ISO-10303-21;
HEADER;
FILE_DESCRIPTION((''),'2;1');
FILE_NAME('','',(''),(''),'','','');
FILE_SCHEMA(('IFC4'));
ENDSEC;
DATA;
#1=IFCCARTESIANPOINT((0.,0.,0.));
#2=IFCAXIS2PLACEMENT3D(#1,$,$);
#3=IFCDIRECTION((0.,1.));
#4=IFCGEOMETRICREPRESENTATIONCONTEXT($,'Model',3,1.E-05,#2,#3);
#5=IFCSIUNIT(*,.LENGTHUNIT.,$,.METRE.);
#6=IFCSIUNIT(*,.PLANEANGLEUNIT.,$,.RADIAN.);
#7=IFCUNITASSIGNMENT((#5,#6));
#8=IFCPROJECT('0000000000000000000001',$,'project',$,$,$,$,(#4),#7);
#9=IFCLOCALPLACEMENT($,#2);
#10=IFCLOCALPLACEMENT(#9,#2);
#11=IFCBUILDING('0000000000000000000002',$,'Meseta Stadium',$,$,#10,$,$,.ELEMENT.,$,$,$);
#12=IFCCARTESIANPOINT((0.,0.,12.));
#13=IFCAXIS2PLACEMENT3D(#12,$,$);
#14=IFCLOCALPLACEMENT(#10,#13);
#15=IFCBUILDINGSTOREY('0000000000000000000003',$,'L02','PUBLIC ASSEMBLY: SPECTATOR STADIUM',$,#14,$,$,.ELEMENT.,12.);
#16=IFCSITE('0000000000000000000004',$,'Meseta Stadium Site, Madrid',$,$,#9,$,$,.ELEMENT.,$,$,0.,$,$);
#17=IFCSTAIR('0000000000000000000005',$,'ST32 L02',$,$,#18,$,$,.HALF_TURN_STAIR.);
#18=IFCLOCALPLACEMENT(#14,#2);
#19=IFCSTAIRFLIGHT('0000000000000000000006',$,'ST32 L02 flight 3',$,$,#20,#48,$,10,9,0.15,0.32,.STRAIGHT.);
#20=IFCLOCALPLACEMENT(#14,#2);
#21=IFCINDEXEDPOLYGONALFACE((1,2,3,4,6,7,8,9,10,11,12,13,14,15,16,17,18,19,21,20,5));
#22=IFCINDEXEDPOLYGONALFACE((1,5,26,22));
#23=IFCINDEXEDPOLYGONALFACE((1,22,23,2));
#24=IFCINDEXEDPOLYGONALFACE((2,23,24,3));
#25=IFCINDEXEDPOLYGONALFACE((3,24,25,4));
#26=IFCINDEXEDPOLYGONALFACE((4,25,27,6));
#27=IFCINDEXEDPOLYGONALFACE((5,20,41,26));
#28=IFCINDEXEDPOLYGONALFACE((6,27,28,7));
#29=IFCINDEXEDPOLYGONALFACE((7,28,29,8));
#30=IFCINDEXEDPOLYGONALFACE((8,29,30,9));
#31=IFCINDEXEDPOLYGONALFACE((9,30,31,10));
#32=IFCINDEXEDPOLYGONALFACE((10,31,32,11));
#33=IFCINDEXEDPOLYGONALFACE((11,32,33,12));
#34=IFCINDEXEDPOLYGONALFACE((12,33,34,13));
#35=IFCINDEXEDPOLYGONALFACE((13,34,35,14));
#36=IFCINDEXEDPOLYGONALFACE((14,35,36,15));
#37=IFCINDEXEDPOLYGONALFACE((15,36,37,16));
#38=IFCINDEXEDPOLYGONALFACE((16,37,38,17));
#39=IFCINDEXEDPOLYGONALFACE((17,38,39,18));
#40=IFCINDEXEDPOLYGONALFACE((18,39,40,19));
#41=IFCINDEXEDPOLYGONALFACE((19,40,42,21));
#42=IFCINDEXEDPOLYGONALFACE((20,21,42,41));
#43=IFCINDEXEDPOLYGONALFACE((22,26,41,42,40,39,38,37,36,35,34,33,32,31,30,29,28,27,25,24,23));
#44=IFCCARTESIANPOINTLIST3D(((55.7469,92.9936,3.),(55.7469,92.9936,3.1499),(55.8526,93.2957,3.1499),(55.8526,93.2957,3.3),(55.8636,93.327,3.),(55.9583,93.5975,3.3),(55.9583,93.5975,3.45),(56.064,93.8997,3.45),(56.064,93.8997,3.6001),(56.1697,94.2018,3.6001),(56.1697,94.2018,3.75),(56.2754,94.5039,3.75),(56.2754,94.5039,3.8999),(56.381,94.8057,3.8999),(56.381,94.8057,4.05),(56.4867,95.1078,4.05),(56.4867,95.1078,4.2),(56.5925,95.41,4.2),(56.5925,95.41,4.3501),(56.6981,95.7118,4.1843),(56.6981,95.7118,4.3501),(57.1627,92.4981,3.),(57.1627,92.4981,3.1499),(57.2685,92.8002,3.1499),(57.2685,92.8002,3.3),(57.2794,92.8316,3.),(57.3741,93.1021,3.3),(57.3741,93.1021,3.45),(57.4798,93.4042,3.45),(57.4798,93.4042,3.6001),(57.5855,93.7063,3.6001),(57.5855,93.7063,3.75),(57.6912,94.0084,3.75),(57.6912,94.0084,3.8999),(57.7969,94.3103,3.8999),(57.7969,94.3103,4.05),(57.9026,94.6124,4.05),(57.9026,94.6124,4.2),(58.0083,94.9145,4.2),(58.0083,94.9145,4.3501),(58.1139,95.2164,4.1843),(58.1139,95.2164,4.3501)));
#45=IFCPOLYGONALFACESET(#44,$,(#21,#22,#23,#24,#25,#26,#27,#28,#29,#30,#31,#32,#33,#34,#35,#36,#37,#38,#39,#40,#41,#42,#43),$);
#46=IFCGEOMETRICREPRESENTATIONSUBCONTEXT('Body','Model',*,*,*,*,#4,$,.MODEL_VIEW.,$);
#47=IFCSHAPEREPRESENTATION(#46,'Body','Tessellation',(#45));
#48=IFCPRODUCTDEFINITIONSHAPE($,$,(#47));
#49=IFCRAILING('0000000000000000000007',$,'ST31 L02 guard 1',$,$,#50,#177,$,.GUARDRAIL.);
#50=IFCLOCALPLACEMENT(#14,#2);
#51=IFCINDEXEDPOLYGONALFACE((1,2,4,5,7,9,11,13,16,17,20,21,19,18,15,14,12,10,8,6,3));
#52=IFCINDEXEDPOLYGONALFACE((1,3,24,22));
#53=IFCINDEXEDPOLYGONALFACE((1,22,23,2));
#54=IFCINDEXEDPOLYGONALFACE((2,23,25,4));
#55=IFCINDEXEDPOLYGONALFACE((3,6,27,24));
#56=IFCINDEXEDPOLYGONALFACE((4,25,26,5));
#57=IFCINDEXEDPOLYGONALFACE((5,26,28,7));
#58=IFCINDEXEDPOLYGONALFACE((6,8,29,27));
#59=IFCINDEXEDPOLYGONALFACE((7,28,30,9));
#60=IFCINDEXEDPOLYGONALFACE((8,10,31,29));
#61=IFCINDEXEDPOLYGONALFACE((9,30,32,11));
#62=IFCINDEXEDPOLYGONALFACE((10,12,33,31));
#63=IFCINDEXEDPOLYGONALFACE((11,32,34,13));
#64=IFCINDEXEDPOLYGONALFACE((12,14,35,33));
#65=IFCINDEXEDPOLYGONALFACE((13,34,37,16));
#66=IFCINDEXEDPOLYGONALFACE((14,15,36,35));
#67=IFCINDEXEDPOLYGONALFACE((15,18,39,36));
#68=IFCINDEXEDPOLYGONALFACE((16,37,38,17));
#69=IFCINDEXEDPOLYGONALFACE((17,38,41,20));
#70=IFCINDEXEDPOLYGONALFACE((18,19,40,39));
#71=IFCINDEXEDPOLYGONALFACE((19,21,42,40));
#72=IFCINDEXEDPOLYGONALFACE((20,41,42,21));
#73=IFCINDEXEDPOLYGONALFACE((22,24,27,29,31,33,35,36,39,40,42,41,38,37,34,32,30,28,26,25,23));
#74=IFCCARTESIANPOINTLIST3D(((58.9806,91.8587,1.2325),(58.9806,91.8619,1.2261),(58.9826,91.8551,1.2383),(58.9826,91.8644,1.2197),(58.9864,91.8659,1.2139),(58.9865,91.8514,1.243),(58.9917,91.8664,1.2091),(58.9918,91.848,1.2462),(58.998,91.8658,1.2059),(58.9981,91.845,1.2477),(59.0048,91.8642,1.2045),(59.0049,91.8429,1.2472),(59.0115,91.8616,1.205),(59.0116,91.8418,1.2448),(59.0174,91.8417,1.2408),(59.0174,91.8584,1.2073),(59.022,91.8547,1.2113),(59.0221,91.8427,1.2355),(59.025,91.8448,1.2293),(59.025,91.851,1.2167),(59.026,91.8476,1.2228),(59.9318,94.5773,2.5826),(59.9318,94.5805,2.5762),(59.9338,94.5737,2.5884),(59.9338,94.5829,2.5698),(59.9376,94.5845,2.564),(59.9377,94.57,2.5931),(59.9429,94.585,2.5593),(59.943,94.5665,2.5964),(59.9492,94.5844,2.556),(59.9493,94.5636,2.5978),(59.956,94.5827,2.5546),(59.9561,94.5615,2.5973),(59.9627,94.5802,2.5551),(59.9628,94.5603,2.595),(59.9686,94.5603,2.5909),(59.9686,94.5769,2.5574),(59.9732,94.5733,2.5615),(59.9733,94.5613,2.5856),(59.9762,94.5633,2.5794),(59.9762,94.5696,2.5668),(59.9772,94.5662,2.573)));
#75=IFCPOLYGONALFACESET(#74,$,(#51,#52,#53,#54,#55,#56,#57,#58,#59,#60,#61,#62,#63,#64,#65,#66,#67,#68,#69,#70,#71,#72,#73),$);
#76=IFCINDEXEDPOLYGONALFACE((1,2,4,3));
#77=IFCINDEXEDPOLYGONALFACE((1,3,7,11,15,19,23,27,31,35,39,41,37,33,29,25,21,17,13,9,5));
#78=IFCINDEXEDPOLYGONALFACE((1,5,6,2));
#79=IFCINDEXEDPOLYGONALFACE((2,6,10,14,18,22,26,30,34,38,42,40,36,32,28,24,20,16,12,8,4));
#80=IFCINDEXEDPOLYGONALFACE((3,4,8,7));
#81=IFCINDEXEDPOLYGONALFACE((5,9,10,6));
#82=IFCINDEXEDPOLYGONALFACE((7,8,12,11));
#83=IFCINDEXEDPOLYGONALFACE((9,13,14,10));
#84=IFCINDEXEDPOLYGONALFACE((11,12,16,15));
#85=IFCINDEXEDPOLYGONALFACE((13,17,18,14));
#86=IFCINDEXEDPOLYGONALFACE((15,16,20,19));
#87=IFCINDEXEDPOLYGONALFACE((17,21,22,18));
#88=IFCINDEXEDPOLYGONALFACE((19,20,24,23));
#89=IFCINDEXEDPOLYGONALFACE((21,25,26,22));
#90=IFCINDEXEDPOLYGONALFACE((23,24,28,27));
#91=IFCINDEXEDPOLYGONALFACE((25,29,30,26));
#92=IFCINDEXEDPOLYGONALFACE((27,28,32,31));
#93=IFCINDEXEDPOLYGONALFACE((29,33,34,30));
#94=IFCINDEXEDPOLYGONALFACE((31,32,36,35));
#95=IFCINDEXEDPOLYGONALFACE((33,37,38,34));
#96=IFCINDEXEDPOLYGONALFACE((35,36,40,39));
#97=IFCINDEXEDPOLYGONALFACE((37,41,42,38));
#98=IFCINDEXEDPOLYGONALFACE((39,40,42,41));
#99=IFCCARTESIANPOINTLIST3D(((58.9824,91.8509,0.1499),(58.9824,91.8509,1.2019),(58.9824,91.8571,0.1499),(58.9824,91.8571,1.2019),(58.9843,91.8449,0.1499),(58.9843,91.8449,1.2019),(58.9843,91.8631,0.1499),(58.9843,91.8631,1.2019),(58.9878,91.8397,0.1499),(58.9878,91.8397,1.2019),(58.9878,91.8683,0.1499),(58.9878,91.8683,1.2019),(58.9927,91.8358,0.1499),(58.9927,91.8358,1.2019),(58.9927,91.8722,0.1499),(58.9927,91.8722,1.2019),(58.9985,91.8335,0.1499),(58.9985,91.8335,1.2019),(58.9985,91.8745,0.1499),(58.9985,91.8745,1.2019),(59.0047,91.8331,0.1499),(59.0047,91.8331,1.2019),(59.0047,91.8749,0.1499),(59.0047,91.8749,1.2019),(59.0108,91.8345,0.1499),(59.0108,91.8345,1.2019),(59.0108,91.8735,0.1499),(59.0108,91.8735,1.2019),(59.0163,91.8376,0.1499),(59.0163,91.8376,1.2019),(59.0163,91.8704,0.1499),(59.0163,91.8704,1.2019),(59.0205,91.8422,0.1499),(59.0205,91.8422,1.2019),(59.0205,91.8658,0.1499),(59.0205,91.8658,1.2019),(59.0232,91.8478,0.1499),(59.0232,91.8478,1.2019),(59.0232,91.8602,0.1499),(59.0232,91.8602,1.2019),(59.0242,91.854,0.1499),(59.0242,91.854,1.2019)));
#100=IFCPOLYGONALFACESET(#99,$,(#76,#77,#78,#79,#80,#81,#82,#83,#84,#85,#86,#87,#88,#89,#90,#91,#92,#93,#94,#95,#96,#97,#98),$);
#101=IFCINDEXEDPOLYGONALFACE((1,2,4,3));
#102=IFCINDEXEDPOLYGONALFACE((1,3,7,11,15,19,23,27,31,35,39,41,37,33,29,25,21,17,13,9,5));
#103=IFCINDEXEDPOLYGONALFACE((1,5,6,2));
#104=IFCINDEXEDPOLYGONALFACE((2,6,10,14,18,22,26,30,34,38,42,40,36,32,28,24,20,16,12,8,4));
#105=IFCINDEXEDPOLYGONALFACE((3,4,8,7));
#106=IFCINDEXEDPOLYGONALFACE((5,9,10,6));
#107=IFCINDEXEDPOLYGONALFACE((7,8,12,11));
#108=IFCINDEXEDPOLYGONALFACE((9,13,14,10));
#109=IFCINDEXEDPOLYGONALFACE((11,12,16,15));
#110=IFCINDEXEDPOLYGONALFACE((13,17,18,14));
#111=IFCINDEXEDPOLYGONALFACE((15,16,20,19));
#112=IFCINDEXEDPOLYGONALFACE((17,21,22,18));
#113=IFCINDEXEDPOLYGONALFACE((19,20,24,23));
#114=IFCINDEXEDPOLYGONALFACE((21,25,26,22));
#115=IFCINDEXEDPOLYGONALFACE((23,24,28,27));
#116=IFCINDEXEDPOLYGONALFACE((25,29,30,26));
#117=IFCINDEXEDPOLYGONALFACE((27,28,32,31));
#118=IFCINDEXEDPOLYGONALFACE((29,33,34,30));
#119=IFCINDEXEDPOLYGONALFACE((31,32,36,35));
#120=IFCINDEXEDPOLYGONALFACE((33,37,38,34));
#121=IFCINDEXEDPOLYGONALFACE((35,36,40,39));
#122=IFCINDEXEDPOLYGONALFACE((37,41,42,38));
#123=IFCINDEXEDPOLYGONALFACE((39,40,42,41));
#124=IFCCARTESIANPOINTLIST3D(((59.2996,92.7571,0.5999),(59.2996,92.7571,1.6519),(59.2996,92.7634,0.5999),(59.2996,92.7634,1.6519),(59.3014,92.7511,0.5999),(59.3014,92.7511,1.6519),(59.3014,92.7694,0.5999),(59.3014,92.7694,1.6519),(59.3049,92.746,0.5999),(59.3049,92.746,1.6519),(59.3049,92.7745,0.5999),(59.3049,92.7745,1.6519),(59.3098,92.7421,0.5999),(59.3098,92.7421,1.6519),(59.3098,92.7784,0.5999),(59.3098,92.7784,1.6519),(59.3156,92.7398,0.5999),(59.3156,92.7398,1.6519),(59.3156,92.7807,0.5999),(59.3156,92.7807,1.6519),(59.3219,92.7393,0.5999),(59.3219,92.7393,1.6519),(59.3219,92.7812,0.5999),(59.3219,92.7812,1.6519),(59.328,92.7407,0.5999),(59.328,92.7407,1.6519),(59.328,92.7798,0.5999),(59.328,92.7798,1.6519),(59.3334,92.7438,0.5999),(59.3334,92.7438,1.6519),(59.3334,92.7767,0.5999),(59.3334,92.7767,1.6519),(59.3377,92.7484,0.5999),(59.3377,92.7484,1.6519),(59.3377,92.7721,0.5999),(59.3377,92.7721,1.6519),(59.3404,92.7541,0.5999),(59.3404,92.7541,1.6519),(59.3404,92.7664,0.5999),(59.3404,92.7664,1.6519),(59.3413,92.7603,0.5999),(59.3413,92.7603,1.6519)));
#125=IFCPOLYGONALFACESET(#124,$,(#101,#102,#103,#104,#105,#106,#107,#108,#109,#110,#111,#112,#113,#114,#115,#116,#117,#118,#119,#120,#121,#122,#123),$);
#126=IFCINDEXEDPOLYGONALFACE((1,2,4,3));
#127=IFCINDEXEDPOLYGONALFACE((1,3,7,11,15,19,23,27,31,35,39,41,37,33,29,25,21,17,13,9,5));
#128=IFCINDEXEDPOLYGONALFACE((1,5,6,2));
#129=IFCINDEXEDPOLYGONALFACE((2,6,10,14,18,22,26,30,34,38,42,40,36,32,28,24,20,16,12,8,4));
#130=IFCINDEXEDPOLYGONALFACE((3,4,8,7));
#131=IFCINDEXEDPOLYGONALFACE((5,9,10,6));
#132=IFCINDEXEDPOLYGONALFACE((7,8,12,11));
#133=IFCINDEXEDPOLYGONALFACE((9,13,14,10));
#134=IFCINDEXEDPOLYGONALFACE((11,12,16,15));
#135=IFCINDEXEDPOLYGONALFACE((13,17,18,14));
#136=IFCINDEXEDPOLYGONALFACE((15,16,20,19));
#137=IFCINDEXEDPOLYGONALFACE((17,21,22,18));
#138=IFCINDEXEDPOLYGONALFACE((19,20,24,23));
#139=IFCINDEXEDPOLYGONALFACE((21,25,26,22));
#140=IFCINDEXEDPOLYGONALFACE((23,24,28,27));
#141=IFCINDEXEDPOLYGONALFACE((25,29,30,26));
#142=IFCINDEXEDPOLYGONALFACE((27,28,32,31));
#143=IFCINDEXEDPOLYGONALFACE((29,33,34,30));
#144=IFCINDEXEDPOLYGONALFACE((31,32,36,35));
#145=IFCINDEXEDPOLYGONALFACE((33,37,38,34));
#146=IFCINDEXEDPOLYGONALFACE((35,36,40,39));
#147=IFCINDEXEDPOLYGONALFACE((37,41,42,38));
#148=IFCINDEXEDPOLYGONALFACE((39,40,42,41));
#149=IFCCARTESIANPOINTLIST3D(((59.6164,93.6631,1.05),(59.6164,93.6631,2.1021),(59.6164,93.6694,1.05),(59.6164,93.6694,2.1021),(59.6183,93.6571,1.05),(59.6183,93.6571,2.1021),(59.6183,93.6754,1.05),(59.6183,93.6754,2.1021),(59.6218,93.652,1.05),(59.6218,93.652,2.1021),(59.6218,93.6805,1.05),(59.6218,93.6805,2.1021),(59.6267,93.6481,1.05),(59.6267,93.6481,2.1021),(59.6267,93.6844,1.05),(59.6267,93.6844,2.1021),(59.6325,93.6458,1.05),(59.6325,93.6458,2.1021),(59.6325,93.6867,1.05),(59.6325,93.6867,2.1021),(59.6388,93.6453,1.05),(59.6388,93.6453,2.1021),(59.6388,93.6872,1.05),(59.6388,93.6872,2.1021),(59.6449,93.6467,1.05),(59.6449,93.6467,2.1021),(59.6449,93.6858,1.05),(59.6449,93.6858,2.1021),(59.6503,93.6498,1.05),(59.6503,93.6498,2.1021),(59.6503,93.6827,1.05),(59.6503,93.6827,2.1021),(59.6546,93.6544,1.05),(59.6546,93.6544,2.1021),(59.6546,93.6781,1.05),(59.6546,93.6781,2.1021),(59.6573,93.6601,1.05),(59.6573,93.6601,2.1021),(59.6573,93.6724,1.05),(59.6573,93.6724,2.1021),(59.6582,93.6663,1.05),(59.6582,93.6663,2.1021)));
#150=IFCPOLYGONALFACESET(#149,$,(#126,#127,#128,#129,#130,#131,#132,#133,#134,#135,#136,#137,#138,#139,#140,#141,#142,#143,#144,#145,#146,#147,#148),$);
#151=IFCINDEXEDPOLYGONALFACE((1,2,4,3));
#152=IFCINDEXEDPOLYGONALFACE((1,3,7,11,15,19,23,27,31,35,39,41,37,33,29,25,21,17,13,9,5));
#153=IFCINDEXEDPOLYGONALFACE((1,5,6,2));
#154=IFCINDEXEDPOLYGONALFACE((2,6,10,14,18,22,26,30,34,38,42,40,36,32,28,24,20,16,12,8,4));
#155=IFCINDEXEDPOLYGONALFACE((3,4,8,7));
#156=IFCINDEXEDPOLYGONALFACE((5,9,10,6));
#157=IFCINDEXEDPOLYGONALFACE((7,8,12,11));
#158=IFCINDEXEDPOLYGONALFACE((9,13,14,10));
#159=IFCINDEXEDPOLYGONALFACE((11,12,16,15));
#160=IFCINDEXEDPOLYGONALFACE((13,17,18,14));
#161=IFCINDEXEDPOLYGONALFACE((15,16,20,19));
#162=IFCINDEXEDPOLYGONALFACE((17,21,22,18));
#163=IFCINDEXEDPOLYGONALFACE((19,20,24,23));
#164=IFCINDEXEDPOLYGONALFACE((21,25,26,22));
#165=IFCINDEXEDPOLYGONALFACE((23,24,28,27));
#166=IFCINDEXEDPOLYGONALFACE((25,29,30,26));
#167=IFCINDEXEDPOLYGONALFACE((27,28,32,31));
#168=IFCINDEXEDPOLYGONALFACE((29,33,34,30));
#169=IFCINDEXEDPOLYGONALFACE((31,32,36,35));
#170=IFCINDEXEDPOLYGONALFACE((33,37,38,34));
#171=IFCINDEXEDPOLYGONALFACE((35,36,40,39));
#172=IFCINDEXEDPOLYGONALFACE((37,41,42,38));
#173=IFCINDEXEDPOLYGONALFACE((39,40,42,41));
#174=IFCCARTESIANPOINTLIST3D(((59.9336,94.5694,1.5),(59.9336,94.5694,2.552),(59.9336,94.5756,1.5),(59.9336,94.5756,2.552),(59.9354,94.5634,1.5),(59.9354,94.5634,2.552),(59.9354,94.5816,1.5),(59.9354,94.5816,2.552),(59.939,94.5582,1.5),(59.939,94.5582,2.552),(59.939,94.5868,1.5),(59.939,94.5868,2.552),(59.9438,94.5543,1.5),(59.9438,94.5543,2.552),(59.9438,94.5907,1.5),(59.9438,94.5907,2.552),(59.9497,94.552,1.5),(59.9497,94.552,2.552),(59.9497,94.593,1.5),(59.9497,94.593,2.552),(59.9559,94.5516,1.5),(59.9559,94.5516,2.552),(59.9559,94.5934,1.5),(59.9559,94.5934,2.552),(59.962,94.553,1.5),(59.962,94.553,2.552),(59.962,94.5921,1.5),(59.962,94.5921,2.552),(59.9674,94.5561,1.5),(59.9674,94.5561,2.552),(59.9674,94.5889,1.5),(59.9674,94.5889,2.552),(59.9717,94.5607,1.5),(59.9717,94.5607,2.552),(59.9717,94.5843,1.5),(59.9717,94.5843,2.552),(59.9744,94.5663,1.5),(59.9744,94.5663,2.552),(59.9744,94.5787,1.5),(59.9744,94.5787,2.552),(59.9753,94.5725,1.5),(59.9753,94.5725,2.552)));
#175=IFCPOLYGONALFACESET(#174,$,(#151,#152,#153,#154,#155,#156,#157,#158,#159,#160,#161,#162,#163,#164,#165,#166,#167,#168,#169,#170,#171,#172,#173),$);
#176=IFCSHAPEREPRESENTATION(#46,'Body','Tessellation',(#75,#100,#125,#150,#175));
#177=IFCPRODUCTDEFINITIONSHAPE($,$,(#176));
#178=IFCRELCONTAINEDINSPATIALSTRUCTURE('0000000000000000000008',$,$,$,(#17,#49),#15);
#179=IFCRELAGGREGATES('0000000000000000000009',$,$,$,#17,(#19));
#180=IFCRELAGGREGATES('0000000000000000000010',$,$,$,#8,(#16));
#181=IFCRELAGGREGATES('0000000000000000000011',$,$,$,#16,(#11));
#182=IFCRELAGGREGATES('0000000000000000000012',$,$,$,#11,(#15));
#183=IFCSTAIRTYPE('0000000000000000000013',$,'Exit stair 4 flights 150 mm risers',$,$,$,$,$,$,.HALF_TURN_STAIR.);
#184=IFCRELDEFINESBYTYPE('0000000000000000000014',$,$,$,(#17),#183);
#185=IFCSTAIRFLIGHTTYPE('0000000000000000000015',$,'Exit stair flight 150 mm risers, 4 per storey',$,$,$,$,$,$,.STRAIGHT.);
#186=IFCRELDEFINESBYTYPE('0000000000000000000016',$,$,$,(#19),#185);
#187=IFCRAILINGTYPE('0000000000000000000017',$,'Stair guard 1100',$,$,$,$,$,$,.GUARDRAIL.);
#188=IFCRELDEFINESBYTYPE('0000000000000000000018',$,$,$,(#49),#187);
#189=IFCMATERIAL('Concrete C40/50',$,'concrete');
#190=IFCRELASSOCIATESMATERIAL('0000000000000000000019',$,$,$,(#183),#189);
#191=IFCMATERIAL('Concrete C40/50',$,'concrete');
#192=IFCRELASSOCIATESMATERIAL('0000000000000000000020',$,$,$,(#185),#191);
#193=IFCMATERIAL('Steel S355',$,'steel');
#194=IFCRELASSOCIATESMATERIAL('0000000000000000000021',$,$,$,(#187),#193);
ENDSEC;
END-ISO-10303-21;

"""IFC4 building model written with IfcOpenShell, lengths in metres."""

from ifc_helpers import new_model, si_unit, direction, frame, origin, origin_2d, place, context, subcontext, project, spatial, polyline, circle, outline, extrude, material, type_object, element, aggregate, save


model = new_model("IFC4")

# Units and contexts
model_context = context("Model", 3, precision=1e-05, world=origin(), true_north=direction((0.0, 1.0)))
body_context = subcontext(model_context, "Body", "Model", "MODEL_VIEW")
ifc_project = project(units=[si_unit("LENGTHUNIT", "METRE"), si_unit("PLANEANGLEUNIT", "RADIAN")], contexts=[model_context])

# Site, building, storey
site_placement = place(None, origin())
site = spatial("IfcSite", under=ifc_project, at=site_placement, Name="Meseta Stadium Site, Madrid", CompositionType="ELEMENT", RefElevation=0.0)
building_placement = place(site_placement, origin())
building = spatial("IfcBuilding", under=site, at=building_placement, Name="Meseta Stadium", CompositionType="ELEMENT")
storey_placement = place(building_placement, frame((0.0, 0.0, 12.0)))
storey = spatial("IfcBuildingStorey", under=building, at=storey_placement, Name="L02", Description="PUBLIC ASSEMBLY: SPECTATOR STADIUM", CompositionType="ELEMENT", Elevation=12.0)

# Shared definitions
ifc_material_1 = material(Name="Concrete C40/50", Category="concrete")
stair_type = type_object("IfcStairType", Name="Exit stair 4 flights 150 mm risers", PredefinedType="HALF_TURN_STAIR", material=ifc_material_1)
ifc_material_2 = material(Name="Concrete C40/50", Category="concrete")
stair_flight_type = type_object("IfcStairFlightType", Name="Exit stair flight 150 mm risers, 4 per storey", PredefinedType="STRAIGHT", material=ifc_material_2)

# Stair, stair flight
stair_1_placement = place(storey_placement, origin())
stair_1 = element("IfcStair", 1, at=stair_1_placement, inside=storey, type_object=stair_type, Name="ST32 L02", PredefinedType="HALF_TURN_STAIR")
stair_flight_1_placement = place(storey_placement, frame((56.4548, 92.7458, 3.0), z_axis=(0.0, 0.0, 1.0), x_axis=(0.330279, 0.943883, 0.0)))
stair_flight_1 = element("IfcStairFlight", 2, at=stair_flight_1_placement, type_object=stair_flight_type, Name="ST32 L02 flight 3", NumberOfRisers=10, NumberOfTreads=9, PredefinedType="STRAIGHT", RiserHeight=0.15, TreadLength=0.32, context=body_context, shape_type="SweptSolid", body=[
    extrude(outline(polyline([(0.0, 0.0), (0.0, 0.1499), (0.3201, 0.1499), (0.3201, 0.3), (0.6399, 0.3), (0.6399, 0.45), (0.96, 0.45), (0.96, 0.6001), (1.28, 0.6001), (1.28, 0.75), (1.6001, 0.75), (1.6001, 0.8999), (1.9199, 0.8999), (1.9199, 1.05), (2.24, 1.05), (2.24, 1.2), (2.5601, 1.2), (2.5601, 1.3501), (2.8799, 1.3501), (2.8799, 1.1843), (0.3533, 0.0), (0.0, 0.0)])), frame((0.0, 0.75, 0.0), z_axis=(0.0, -1.0, 0.0), x_axis=(1.0, 0.0, 0.0)), (0.0, 0.0, 1.0), 1.5),
])
aggregate(stair_1, [stair_flight_1])

# Railing
ifc_material_3 = material(Name="Steel S355", Category="steel")
railing_type_1 = type_object("IfcRailingType", Name="Stair guard 1100", PredefinedType="GUARDRAIL", material=ifc_material_3)
railing_1_placement = place(storey_placement, frame((59.0032, 91.854, 0.1499)))
element("IfcRailing", 3, at=railing_1_placement, inside=storey, type_object=railing_type_1, Name="ST31 L02 guard 1", PredefinedType="GUARDRAIL", context=body_context, shape_type="SweptSolid", body=[
    extrude(circle(Radius=0.0239, at=origin_2d()), frame((0.0, 0.0, 1.0762), z_axis=(0.299031, 0.854649, 0.424446), x_axis=(-0.943891, 0.330256, 0.0)), (0.0, 0.0, 1.0), 3.1809),
    extrude(circle(Radius=0.021, at=origin_2d()), origin(), (0.0, 0.0, 1.0), 1.052),
    extrude(circle(Radius=0.021, at=origin_2d()), frame((0.3171, 0.9062, 0.45)), (0.0, 0.0, 1.0), 1.052),
    extrude(circle(Radius=0.021, at=origin_2d()), frame((0.634, 1.8123, 0.9001)), (0.0, 0.0, 1.0), 1.052),
    extrude(circle(Radius=0.021, at=origin_2d()), frame((0.9512, 2.7185, 1.3501)), (0.0, 0.0, 1.0), 1.052),
])

save(model, "model.ifc")
